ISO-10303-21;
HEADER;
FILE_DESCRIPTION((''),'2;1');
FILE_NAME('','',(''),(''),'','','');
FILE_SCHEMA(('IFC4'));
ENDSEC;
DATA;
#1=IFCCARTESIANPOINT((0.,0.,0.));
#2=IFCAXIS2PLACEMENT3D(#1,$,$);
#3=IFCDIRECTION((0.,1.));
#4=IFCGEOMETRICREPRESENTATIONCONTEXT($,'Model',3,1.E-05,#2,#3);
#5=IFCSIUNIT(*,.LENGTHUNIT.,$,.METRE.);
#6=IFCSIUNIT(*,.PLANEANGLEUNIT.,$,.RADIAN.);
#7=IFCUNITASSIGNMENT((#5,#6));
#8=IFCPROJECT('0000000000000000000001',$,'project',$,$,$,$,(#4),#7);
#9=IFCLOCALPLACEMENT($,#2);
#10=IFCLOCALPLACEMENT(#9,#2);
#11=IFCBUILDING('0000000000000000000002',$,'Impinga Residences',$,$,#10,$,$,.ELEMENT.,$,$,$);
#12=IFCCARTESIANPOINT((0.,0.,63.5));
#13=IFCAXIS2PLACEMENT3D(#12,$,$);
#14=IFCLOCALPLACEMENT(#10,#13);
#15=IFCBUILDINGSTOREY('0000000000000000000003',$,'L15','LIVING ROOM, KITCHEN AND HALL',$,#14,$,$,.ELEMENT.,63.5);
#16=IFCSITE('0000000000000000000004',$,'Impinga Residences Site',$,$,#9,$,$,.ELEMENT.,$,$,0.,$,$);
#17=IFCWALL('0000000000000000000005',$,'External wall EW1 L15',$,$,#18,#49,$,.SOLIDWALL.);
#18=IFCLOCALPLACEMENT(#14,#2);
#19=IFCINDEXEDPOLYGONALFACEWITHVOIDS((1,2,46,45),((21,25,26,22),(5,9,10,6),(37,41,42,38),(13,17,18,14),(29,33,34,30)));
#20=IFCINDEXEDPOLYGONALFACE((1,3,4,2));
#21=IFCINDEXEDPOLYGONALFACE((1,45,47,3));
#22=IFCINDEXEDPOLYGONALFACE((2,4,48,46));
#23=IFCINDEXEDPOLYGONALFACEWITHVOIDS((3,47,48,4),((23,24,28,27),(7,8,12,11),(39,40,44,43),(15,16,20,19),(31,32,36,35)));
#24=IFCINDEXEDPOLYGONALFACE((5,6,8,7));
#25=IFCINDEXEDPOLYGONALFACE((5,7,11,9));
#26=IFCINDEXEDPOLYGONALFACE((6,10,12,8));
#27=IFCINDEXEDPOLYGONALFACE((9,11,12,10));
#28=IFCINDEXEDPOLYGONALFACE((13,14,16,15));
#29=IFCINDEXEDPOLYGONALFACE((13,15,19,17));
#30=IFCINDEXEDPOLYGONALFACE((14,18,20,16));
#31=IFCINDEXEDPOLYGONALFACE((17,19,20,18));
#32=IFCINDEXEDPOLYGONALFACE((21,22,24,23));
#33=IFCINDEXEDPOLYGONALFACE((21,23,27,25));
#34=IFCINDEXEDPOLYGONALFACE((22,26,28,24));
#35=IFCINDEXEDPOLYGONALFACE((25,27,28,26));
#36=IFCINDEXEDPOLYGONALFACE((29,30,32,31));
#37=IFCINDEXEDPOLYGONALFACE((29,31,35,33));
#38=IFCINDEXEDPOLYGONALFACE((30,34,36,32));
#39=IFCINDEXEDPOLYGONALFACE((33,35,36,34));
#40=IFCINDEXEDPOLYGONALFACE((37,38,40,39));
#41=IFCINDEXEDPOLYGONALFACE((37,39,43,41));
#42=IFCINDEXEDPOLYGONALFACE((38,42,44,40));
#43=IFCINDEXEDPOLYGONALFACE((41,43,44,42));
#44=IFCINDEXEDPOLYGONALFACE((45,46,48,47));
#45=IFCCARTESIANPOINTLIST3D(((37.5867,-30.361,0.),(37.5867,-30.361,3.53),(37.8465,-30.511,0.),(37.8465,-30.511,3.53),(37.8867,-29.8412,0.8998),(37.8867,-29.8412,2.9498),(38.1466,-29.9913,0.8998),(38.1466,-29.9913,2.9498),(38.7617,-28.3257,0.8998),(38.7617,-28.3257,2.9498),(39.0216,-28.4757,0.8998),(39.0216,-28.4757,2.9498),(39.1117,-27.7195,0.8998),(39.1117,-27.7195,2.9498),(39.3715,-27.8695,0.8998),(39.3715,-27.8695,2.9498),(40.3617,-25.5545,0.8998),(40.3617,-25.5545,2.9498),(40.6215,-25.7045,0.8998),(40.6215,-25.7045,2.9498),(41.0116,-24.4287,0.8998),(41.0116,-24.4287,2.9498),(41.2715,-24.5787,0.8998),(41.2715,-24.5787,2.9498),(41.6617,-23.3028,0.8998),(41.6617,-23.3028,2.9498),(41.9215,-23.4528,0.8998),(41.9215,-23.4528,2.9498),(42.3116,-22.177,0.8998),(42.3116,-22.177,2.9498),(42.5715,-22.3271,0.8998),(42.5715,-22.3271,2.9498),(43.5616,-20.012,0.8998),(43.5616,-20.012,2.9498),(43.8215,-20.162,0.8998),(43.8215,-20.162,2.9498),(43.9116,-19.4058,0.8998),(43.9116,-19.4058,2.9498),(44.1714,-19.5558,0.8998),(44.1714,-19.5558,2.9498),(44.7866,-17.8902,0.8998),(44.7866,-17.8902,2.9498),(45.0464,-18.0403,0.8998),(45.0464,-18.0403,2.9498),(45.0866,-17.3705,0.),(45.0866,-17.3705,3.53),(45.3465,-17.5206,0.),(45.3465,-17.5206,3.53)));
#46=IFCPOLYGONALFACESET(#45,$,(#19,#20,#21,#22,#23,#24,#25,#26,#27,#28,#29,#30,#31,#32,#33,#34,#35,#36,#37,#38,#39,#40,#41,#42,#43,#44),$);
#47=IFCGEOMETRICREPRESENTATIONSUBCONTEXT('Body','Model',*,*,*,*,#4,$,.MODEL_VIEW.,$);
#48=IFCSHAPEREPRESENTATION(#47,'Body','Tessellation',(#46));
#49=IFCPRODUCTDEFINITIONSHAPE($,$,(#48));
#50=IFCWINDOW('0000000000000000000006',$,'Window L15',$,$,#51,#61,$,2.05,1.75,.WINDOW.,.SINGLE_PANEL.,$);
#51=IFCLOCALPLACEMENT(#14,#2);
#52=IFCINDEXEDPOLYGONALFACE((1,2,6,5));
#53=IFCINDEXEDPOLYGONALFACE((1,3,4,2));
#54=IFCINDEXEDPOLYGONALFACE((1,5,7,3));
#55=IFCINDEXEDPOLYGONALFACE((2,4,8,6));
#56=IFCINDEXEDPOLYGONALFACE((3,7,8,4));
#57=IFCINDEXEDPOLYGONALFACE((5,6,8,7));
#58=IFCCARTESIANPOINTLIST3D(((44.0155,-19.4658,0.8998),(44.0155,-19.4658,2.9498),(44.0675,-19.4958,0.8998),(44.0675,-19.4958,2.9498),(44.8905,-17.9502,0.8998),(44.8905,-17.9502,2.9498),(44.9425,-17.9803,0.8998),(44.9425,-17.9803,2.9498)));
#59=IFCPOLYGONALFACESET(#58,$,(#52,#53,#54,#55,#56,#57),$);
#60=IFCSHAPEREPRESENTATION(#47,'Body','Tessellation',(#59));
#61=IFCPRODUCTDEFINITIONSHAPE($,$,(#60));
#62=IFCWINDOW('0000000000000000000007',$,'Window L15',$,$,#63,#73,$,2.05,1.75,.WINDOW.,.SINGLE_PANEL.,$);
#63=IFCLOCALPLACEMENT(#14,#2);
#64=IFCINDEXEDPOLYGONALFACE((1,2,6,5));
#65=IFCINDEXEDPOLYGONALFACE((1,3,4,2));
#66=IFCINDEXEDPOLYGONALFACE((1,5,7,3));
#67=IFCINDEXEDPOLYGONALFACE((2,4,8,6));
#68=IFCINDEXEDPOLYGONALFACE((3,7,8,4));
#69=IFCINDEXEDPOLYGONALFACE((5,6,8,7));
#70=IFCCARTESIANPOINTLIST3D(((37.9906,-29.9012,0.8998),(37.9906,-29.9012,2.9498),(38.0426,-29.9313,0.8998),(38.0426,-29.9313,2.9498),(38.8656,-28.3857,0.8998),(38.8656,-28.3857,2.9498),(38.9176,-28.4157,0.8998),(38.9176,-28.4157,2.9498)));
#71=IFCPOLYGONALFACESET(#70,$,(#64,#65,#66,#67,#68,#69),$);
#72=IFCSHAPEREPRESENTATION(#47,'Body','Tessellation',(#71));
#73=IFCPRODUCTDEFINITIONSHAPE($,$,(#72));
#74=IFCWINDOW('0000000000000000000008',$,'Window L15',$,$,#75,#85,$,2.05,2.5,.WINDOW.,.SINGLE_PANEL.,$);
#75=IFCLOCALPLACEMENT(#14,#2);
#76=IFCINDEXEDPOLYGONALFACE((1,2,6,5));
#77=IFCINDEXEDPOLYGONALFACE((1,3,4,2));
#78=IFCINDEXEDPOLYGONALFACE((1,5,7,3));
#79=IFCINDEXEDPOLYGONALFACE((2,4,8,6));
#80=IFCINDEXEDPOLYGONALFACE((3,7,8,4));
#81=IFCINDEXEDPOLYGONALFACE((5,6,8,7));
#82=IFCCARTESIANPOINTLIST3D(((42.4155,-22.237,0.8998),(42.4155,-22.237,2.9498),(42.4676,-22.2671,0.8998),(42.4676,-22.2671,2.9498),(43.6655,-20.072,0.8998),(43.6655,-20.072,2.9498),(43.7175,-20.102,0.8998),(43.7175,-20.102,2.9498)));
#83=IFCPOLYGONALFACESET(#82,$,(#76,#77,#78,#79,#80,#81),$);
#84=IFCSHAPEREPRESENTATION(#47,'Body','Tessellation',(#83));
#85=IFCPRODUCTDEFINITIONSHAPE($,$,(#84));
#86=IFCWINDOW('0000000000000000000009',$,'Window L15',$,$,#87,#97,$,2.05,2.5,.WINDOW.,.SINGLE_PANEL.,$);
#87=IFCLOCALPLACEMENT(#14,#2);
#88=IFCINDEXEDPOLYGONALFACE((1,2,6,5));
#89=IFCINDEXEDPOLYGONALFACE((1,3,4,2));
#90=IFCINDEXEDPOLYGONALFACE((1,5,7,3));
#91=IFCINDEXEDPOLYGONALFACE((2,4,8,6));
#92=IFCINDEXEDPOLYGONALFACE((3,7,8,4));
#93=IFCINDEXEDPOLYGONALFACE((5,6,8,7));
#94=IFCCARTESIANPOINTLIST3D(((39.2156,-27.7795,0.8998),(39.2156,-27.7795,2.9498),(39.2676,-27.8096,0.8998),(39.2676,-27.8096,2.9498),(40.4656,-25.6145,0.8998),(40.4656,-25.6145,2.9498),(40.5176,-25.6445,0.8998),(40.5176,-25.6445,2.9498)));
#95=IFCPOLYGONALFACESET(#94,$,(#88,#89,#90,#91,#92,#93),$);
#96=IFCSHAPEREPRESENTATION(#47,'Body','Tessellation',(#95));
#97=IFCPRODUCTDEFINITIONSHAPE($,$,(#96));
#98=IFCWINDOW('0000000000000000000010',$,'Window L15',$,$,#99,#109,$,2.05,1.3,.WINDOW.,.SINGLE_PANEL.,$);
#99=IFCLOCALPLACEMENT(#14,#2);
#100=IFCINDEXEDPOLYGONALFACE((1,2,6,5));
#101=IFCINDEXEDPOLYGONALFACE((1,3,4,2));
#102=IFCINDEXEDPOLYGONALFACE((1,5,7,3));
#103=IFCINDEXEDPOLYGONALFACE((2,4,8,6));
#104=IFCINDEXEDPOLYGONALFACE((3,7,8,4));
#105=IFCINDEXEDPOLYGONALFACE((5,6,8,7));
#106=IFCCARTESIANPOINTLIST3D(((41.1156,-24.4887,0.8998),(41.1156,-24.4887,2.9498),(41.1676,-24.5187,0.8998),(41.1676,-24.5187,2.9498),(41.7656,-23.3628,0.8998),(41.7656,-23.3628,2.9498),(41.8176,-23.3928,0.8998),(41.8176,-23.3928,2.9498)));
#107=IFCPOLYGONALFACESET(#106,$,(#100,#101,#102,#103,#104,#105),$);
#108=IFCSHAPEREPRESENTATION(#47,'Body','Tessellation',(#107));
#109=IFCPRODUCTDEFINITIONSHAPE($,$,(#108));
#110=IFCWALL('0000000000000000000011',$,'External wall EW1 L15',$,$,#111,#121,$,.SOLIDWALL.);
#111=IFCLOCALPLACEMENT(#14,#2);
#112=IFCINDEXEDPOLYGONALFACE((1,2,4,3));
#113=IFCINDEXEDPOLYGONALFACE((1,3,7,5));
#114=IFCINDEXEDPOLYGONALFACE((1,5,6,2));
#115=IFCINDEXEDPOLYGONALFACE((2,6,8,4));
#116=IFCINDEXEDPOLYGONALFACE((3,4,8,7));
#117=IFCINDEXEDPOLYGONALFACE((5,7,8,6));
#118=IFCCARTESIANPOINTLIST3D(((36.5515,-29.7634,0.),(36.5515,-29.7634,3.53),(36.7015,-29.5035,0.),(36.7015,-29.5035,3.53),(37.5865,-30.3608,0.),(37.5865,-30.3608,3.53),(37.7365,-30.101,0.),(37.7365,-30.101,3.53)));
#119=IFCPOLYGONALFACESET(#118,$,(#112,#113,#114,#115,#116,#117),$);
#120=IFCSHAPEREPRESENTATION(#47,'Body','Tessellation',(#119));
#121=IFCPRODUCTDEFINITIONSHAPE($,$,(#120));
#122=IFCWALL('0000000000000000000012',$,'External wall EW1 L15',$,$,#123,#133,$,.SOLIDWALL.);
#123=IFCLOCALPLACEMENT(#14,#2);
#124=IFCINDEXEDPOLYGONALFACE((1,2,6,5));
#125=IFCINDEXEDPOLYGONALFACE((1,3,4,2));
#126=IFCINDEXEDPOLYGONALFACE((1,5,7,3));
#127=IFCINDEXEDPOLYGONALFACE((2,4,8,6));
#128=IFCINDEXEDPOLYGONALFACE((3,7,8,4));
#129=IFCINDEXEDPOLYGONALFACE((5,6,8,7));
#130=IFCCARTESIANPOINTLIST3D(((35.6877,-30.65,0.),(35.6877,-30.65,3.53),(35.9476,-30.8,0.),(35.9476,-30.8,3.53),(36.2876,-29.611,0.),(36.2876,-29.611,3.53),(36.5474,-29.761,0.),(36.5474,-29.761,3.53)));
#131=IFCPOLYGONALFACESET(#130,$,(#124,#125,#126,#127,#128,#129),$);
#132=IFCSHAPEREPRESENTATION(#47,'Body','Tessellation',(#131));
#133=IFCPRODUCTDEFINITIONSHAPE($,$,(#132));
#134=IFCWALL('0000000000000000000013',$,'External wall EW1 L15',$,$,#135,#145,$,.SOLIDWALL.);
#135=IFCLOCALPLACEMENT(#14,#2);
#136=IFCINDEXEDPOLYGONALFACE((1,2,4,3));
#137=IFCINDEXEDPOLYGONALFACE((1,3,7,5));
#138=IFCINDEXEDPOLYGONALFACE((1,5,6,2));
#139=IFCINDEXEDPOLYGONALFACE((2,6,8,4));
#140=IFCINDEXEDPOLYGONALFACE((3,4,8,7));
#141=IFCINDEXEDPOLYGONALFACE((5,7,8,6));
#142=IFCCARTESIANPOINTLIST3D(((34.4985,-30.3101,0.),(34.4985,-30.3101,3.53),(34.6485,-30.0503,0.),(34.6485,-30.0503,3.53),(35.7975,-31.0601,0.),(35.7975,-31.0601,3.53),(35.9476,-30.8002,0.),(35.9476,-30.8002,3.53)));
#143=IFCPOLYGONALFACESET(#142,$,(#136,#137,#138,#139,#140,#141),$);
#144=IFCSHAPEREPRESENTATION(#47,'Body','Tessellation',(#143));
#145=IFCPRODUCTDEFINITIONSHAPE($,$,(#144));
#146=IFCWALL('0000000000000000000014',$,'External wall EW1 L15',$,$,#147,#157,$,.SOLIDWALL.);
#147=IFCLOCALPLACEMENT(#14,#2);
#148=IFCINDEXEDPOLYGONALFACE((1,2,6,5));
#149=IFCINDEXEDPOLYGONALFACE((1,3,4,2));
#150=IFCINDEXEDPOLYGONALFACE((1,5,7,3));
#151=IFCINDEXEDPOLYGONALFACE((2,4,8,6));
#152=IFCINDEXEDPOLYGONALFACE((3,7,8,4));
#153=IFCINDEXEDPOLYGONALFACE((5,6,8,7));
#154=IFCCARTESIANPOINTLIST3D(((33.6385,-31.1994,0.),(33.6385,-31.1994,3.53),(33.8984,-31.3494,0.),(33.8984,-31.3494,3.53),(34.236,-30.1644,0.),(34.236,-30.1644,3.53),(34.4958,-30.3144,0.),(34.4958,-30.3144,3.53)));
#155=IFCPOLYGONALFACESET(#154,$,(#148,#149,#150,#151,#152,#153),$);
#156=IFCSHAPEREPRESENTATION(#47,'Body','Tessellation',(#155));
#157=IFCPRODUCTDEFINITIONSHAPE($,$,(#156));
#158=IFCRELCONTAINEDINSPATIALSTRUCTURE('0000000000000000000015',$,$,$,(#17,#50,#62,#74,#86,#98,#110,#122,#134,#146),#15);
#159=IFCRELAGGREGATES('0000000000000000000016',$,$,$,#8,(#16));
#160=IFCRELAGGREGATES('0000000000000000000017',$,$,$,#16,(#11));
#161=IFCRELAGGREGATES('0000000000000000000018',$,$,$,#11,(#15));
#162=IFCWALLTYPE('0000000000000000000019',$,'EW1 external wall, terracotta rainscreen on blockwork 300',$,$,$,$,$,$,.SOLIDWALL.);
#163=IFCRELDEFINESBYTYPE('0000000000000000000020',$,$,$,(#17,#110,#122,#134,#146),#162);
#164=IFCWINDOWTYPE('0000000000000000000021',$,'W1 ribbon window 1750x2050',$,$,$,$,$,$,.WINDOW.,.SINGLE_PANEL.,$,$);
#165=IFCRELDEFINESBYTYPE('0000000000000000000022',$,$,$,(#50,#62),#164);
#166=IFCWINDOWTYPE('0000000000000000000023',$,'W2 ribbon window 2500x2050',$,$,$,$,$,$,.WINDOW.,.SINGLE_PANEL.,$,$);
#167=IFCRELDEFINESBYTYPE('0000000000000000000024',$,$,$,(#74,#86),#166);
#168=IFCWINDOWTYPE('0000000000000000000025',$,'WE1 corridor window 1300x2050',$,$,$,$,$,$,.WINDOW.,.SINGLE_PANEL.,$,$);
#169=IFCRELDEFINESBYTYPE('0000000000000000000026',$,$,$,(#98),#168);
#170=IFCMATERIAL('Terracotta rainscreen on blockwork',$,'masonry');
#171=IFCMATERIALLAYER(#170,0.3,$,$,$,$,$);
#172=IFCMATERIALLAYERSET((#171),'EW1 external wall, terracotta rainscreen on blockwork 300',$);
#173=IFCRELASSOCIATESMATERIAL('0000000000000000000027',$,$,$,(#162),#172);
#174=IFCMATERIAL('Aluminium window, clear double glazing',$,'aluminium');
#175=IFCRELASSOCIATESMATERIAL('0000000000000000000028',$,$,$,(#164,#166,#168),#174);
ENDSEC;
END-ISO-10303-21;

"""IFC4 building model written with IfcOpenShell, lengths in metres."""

from ifc_helpers import new_model, si_unit, direction, frame, frame_2d, origin, place, context, subcontext, project, spatial, rectangle, extrude, material, layer, layer_set, type_object, element, fill, save


model = new_model("IFC4")

# Units and contexts
model_context = context("Model", 3, precision=1e-05, world=origin(), true_north=direction((0.0, 1.0)))
body_context = subcontext(model_context, "Body", "Model", "MODEL_VIEW")
ifc_project = project(units=[si_unit("LENGTHUNIT", "METRE"), si_unit("PLANEANGLEUNIT", "RADIAN")], contexts=[model_context])

# Site, building, storey
site_placement = place(None, origin())
site = spatial("IfcSite", under=ifc_project, at=site_placement, Name="Impinga Residences Site", CompositionType="ELEMENT", RefElevation=0.0)
building_placement = place(site_placement, origin())
building = spatial("IfcBuilding", under=site, at=building_placement, Name="Impinga Residences", CompositionType="ELEMENT")
storey_placement = place(building_placement, frame((0.0, 0.0, 63.5)))
storey = spatial("IfcBuildingStorey", under=building, at=storey_placement, Name="L15", Description="LIVING ROOM, KITCHEN AND HALL", CompositionType="ELEMENT", Elevation=63.5)

# Shared definitions
ifc_material_1 = material(Name="Terracotta rainscreen on blockwork", Category="masonry")
ifc_layer_1 = layer(ifc_material_1, 0.3)
ifc_layer_set_1 = layer_set([ifc_layer_1], Name="EW1 external wall, terracotta rainscreen on blockwork 300")
wall_type_1 = type_object("IfcWallType", Name="EW1 external wall, terracotta rainscreen on blockwork 300", PredefinedType="SOLIDWALL", material=ifc_layer_set_1)

# Wall, openings, windows
wall_1_placement = place(storey_placement, frame((45.2166, -17.4456, 0.0), z_axis=(0.0, 0.0, 1.0), x_axis=(-0.499997, -0.866027, 0.0)))
wall_1 = element("IfcWall", 1, at=wall_1_placement, inside=storey, type_object=wall_type_1, Name="External wall EW1 L15", PredefinedType="SOLIDWALL", context=body_context, shape_type="SweptSolid", body=[
    extrude(rectangle(XDim=15.0, YDim=0.3, at=frame_2d((7.5, 0.0))), origin(), (0.0, 0.0, 1.0), 3.53),
])
opening_1_placement = place(wall_1_placement, frame((0.6001, 0.0, 0.8999)))
opening_1 = element("IfcOpeningElement", 2, at=opening_1_placement, cuts=wall_1, PredefinedType="OPENING", context=body_context, shape_type="SweptSolid", body=[
    extrude(rectangle(XDim=1.75, YDim=2.05, at=frame_2d((0.875, 1.0249))), frame((0.0, 0.1599, 0.0), z_axis=(0.0, -1.0, 0.0), x_axis=(1.0, 0.0, 0.0)), (0.0, 0.0, 1.0), 0.3201),
])
opening_2_placement = place(wall_1_placement, frame((3.05, 0.0, 0.8999)))
opening_2 = element("IfcOpeningElement", 3, at=opening_2_placement, cuts=wall_1, PredefinedType="OPENING", context=body_context, shape_type="SweptSolid", body=[
    extrude(rectangle(XDim=2.5, YDim=2.05, at=frame_2d((1.25, 1.0249))), frame((0.0, 0.1599, 0.0), z_axis=(0.0, -1.0, 0.0), x_axis=(1.0, 0.0, 0.0)), (0.0, 0.0, 1.0), 0.3201),
])
opening_3_placement = place(wall_1_placement, frame((6.8501, 0.0, 0.8999)))
opening_3 = element("IfcOpeningElement", 4, at=opening_3_placement, cuts=wall_1, PredefinedType="OPENING", context=body_context, shape_type="SweptSolid", body=[
    extrude(rectangle(XDim=1.3, YDim=2.05, at=frame_2d((0.6499, 1.0249))), frame((0.0, 0.1599, 0.0), z_axis=(0.0, -1.0, 0.0), x_axis=(1.0, 0.0, 0.0)), (0.0, 0.0, 1.0), 0.3201),
])
opening_4_placement = place(wall_1_placement, frame((9.45, 0.0, 0.8999)))
opening_4 = element("IfcOpeningElement", 5, at=opening_4_placement, cuts=wall_1, PredefinedType="OPENING", context=body_context, shape_type="SweptSolid", body=[
    extrude(rectangle(XDim=2.5, YDim=2.05, at=frame_2d((1.25, 1.0249))), frame((0.0, 0.1599, 0.0), z_axis=(0.0, -1.0, 0.0), x_axis=(1.0, 0.0, 0.0)), (0.0, 0.0, 1.0), 0.3201),
])
opening_5_placement = place(wall_1_placement, frame((12.6499, 0.0, 0.8999)))
opening_5 = element("IfcOpeningElement", 6, at=opening_5_placement, cuts=wall_1, PredefinedType="OPENING", context=body_context, shape_type="SweptSolid", body=[
    extrude(rectangle(XDim=1.75, YDim=2.05, at=frame_2d((0.875, 1.0249))), frame((0.0, 0.1599, 0.0), z_axis=(0.0, -1.0, 0.0), x_axis=(1.0, 0.0, 0.0)), (0.0, 0.0, 1.0), 0.3201),
])
ifc_material_2 = material(Name="Aluminium window, clear double glazing", Category="aluminium")
window_type_1 = type_object("IfcWindowType", Name="W1 ribbon window 1750x2050", PartitioningType="SINGLE_PANEL", PredefinedType="WINDOW", material=ifc_material_2)
window_1_placement = place(opening_1_placement, origin())
window_1 = element("IfcWindow", 7, at=window_1_placement, inside=storey, type_object=window_type_1, Name="Window L15", OverallHeight=2.05, OverallWidth=1.75, PartitioningType="SINGLE_PANEL", PredefinedType="WINDOW", context=body_context, shape_type="SweptSolid", body=[
    extrude(rectangle(XDim=1.75, YDim=2.05, at=frame_2d((0.875, 1.0249))), frame((0.0, 0.03, 0.0), z_axis=(0.0, -1.0, 0.0), x_axis=(1.0, 0.0, 0.0)), (0.0, 0.0, 1.0), 0.0601),
])
fill(opening_1, window_1)
window_2_placement = place(opening_5_placement, origin())
window_2 = element("IfcWindow", 8, at=window_2_placement, inside=storey, type_object=window_type_1, Name="Window L15", OverallHeight=2.05, OverallWidth=1.75, PartitioningType="SINGLE_PANEL", PredefinedType="WINDOW", context=body_context, shape_type="SweptSolid", body=[
    extrude(rectangle(XDim=1.75, YDim=2.05, at=frame_2d((0.875, 1.0249))), frame((0.0, 0.03, 0.0), z_axis=(0.0, -1.0, 0.0), x_axis=(1.0, 0.0, 0.0)), (0.0, 0.0, 1.0), 0.0601),
])
fill(opening_5, window_2)
window_type_2 = type_object("IfcWindowType", Name="W2 ribbon window 2500x2050", PartitioningType="SINGLE_PANEL", PredefinedType="WINDOW", material=ifc_material_2)
window_3_placement = place(opening_2_placement, origin())
window_3 = element("IfcWindow", 9, at=window_3_placement, inside=storey, type_object=window_type_2, Name="Window L15", OverallHeight=2.05, OverallWidth=2.5, PartitioningType="SINGLE_PANEL", PredefinedType="WINDOW", context=body_context, shape_type="SweptSolid", body=[
    extrude(rectangle(XDim=2.5, YDim=2.05, at=frame_2d((1.25, 1.0249))), frame((0.0, 0.03, 0.0), z_axis=(0.0, -1.0, 0.0), x_axis=(1.0, 0.0, 0.0)), (0.0, 0.0, 1.0), 0.0601),
])
fill(opening_2, window_3)
window_4_placement = place(opening_4_placement, origin())
window_4 = element("IfcWindow", 10, at=window_4_placement, inside=storey, type_object=window_type_2, Name="Window L15", OverallHeight=2.05, OverallWidth=2.5, PartitioningType="SINGLE_PANEL", PredefinedType="WINDOW", context=body_context, shape_type="SweptSolid", body=[
    extrude(rectangle(XDim=2.5, YDim=2.05, at=frame_2d((1.25, 1.0249))), frame((0.0, 0.03, 0.0), z_axis=(0.0, -1.0, 0.0), x_axis=(1.0, 0.0, 0.0)), (0.0, 0.0, 1.0), 0.0601),
])
fill(opening_4, window_4)
window_type_3 = type_object("IfcWindowType", Name="WE1 corridor window 1300x2050", PartitioningType="SINGLE_PANEL", PredefinedType="WINDOW", material=ifc_material_2)
window_5_placement = place(opening_3_placement, origin())
window_5 = element("IfcWindow", 11, at=window_5_placement, inside=storey, type_object=window_type_3, Name="Window L15", OverallHeight=2.05, OverallWidth=1.3, PartitioningType="SINGLE_PANEL", PredefinedType="WINDOW", context=body_context, shape_type="SweptSolid", body=[
    extrude(rectangle(XDim=1.3, YDim=2.05, at=frame_2d((0.6499, 1.0249))), frame((0.0, 0.03, 0.0), z_axis=(0.0, -1.0, 0.0), x_axis=(1.0, 0.0, 0.0)), (0.0, 0.0, 1.0), 0.0601),
])
fill(opening_3, window_5)

# Walls
wall_2_placement = place(storey_placement, frame((37.6616, -30.231, 0.0), z_axis=(0.0, 0.0, 1.0), x_axis=(-0.86606, 0.499941, 0.0)))
element("IfcWall", 12, at=wall_2_placement, inside=storey, type_object=wall_type_1, Name="External wall EW1 L15", PredefinedType="SOLIDWALL", context=body_context, shape_type="SweptSolid", body=[
    extrude(rectangle(XDim=1.1951, YDim=0.3, at=frame_2d((0.5977, 0.0))), origin(), (0.0, 0.0, 1.0), 3.53),
])
wall_3_placement = place(storey_placement, frame((36.4175, -29.686, 0.0), z_axis=(0.0, 0.0, 1.0), x_axis=(-0.499969, -0.866043, 0.0)))
element("IfcWall", 13, at=wall_3_placement, inside=storey, type_object=wall_type_1, Name="External wall EW1 L15", PredefinedType="SOLIDWALL", context=body_context, shape_type="SweptSolid", body=[
    extrude(rectangle(XDim=1.1997, YDim=0.3, at=frame_2d((0.5999, 0.0))), origin(), (0.0, 0.0, 1.0), 3.53),
])
wall_4_placement = place(storey_placement, frame((35.8726, -30.9302, 0.0), z_axis=(0.0, 0.0, 1.0), x_axis=(-0.866031, 0.49999, 0.0)))
element("IfcWall", 14, at=wall_4_placement, inside=storey, type_object=wall_type_1, Name="External wall EW1 L15", PredefinedType="SOLIDWALL", context=body_context, shape_type="SweptSolid", body=[
    extrude(rectangle(XDim=1.5, YDim=0.3, at=frame_2d((0.75, 0.0))), origin(), (0.0, 0.0, 1.0), 3.53),
])
wall_5_placement = place(storey_placement, frame((34.366, -30.2393, 0.0), z_axis=(0.0, 0.0, 1.0), x_axis=(-0.499941, -0.86606, 0.0)))
element("IfcWall", 15, at=wall_5_placement, inside=storey, type_object=wall_type_1, Name="External wall EW1 L15", PredefinedType="SOLIDWALL", context=body_context, shape_type="SweptSolid", body=[
    extrude(rectangle(XDim=1.1951, YDim=0.3, at=frame_2d((0.5977, 0.0))), origin(), (0.0, 0.0, 1.0), 3.53),
])

save(model, "model.ifc")
